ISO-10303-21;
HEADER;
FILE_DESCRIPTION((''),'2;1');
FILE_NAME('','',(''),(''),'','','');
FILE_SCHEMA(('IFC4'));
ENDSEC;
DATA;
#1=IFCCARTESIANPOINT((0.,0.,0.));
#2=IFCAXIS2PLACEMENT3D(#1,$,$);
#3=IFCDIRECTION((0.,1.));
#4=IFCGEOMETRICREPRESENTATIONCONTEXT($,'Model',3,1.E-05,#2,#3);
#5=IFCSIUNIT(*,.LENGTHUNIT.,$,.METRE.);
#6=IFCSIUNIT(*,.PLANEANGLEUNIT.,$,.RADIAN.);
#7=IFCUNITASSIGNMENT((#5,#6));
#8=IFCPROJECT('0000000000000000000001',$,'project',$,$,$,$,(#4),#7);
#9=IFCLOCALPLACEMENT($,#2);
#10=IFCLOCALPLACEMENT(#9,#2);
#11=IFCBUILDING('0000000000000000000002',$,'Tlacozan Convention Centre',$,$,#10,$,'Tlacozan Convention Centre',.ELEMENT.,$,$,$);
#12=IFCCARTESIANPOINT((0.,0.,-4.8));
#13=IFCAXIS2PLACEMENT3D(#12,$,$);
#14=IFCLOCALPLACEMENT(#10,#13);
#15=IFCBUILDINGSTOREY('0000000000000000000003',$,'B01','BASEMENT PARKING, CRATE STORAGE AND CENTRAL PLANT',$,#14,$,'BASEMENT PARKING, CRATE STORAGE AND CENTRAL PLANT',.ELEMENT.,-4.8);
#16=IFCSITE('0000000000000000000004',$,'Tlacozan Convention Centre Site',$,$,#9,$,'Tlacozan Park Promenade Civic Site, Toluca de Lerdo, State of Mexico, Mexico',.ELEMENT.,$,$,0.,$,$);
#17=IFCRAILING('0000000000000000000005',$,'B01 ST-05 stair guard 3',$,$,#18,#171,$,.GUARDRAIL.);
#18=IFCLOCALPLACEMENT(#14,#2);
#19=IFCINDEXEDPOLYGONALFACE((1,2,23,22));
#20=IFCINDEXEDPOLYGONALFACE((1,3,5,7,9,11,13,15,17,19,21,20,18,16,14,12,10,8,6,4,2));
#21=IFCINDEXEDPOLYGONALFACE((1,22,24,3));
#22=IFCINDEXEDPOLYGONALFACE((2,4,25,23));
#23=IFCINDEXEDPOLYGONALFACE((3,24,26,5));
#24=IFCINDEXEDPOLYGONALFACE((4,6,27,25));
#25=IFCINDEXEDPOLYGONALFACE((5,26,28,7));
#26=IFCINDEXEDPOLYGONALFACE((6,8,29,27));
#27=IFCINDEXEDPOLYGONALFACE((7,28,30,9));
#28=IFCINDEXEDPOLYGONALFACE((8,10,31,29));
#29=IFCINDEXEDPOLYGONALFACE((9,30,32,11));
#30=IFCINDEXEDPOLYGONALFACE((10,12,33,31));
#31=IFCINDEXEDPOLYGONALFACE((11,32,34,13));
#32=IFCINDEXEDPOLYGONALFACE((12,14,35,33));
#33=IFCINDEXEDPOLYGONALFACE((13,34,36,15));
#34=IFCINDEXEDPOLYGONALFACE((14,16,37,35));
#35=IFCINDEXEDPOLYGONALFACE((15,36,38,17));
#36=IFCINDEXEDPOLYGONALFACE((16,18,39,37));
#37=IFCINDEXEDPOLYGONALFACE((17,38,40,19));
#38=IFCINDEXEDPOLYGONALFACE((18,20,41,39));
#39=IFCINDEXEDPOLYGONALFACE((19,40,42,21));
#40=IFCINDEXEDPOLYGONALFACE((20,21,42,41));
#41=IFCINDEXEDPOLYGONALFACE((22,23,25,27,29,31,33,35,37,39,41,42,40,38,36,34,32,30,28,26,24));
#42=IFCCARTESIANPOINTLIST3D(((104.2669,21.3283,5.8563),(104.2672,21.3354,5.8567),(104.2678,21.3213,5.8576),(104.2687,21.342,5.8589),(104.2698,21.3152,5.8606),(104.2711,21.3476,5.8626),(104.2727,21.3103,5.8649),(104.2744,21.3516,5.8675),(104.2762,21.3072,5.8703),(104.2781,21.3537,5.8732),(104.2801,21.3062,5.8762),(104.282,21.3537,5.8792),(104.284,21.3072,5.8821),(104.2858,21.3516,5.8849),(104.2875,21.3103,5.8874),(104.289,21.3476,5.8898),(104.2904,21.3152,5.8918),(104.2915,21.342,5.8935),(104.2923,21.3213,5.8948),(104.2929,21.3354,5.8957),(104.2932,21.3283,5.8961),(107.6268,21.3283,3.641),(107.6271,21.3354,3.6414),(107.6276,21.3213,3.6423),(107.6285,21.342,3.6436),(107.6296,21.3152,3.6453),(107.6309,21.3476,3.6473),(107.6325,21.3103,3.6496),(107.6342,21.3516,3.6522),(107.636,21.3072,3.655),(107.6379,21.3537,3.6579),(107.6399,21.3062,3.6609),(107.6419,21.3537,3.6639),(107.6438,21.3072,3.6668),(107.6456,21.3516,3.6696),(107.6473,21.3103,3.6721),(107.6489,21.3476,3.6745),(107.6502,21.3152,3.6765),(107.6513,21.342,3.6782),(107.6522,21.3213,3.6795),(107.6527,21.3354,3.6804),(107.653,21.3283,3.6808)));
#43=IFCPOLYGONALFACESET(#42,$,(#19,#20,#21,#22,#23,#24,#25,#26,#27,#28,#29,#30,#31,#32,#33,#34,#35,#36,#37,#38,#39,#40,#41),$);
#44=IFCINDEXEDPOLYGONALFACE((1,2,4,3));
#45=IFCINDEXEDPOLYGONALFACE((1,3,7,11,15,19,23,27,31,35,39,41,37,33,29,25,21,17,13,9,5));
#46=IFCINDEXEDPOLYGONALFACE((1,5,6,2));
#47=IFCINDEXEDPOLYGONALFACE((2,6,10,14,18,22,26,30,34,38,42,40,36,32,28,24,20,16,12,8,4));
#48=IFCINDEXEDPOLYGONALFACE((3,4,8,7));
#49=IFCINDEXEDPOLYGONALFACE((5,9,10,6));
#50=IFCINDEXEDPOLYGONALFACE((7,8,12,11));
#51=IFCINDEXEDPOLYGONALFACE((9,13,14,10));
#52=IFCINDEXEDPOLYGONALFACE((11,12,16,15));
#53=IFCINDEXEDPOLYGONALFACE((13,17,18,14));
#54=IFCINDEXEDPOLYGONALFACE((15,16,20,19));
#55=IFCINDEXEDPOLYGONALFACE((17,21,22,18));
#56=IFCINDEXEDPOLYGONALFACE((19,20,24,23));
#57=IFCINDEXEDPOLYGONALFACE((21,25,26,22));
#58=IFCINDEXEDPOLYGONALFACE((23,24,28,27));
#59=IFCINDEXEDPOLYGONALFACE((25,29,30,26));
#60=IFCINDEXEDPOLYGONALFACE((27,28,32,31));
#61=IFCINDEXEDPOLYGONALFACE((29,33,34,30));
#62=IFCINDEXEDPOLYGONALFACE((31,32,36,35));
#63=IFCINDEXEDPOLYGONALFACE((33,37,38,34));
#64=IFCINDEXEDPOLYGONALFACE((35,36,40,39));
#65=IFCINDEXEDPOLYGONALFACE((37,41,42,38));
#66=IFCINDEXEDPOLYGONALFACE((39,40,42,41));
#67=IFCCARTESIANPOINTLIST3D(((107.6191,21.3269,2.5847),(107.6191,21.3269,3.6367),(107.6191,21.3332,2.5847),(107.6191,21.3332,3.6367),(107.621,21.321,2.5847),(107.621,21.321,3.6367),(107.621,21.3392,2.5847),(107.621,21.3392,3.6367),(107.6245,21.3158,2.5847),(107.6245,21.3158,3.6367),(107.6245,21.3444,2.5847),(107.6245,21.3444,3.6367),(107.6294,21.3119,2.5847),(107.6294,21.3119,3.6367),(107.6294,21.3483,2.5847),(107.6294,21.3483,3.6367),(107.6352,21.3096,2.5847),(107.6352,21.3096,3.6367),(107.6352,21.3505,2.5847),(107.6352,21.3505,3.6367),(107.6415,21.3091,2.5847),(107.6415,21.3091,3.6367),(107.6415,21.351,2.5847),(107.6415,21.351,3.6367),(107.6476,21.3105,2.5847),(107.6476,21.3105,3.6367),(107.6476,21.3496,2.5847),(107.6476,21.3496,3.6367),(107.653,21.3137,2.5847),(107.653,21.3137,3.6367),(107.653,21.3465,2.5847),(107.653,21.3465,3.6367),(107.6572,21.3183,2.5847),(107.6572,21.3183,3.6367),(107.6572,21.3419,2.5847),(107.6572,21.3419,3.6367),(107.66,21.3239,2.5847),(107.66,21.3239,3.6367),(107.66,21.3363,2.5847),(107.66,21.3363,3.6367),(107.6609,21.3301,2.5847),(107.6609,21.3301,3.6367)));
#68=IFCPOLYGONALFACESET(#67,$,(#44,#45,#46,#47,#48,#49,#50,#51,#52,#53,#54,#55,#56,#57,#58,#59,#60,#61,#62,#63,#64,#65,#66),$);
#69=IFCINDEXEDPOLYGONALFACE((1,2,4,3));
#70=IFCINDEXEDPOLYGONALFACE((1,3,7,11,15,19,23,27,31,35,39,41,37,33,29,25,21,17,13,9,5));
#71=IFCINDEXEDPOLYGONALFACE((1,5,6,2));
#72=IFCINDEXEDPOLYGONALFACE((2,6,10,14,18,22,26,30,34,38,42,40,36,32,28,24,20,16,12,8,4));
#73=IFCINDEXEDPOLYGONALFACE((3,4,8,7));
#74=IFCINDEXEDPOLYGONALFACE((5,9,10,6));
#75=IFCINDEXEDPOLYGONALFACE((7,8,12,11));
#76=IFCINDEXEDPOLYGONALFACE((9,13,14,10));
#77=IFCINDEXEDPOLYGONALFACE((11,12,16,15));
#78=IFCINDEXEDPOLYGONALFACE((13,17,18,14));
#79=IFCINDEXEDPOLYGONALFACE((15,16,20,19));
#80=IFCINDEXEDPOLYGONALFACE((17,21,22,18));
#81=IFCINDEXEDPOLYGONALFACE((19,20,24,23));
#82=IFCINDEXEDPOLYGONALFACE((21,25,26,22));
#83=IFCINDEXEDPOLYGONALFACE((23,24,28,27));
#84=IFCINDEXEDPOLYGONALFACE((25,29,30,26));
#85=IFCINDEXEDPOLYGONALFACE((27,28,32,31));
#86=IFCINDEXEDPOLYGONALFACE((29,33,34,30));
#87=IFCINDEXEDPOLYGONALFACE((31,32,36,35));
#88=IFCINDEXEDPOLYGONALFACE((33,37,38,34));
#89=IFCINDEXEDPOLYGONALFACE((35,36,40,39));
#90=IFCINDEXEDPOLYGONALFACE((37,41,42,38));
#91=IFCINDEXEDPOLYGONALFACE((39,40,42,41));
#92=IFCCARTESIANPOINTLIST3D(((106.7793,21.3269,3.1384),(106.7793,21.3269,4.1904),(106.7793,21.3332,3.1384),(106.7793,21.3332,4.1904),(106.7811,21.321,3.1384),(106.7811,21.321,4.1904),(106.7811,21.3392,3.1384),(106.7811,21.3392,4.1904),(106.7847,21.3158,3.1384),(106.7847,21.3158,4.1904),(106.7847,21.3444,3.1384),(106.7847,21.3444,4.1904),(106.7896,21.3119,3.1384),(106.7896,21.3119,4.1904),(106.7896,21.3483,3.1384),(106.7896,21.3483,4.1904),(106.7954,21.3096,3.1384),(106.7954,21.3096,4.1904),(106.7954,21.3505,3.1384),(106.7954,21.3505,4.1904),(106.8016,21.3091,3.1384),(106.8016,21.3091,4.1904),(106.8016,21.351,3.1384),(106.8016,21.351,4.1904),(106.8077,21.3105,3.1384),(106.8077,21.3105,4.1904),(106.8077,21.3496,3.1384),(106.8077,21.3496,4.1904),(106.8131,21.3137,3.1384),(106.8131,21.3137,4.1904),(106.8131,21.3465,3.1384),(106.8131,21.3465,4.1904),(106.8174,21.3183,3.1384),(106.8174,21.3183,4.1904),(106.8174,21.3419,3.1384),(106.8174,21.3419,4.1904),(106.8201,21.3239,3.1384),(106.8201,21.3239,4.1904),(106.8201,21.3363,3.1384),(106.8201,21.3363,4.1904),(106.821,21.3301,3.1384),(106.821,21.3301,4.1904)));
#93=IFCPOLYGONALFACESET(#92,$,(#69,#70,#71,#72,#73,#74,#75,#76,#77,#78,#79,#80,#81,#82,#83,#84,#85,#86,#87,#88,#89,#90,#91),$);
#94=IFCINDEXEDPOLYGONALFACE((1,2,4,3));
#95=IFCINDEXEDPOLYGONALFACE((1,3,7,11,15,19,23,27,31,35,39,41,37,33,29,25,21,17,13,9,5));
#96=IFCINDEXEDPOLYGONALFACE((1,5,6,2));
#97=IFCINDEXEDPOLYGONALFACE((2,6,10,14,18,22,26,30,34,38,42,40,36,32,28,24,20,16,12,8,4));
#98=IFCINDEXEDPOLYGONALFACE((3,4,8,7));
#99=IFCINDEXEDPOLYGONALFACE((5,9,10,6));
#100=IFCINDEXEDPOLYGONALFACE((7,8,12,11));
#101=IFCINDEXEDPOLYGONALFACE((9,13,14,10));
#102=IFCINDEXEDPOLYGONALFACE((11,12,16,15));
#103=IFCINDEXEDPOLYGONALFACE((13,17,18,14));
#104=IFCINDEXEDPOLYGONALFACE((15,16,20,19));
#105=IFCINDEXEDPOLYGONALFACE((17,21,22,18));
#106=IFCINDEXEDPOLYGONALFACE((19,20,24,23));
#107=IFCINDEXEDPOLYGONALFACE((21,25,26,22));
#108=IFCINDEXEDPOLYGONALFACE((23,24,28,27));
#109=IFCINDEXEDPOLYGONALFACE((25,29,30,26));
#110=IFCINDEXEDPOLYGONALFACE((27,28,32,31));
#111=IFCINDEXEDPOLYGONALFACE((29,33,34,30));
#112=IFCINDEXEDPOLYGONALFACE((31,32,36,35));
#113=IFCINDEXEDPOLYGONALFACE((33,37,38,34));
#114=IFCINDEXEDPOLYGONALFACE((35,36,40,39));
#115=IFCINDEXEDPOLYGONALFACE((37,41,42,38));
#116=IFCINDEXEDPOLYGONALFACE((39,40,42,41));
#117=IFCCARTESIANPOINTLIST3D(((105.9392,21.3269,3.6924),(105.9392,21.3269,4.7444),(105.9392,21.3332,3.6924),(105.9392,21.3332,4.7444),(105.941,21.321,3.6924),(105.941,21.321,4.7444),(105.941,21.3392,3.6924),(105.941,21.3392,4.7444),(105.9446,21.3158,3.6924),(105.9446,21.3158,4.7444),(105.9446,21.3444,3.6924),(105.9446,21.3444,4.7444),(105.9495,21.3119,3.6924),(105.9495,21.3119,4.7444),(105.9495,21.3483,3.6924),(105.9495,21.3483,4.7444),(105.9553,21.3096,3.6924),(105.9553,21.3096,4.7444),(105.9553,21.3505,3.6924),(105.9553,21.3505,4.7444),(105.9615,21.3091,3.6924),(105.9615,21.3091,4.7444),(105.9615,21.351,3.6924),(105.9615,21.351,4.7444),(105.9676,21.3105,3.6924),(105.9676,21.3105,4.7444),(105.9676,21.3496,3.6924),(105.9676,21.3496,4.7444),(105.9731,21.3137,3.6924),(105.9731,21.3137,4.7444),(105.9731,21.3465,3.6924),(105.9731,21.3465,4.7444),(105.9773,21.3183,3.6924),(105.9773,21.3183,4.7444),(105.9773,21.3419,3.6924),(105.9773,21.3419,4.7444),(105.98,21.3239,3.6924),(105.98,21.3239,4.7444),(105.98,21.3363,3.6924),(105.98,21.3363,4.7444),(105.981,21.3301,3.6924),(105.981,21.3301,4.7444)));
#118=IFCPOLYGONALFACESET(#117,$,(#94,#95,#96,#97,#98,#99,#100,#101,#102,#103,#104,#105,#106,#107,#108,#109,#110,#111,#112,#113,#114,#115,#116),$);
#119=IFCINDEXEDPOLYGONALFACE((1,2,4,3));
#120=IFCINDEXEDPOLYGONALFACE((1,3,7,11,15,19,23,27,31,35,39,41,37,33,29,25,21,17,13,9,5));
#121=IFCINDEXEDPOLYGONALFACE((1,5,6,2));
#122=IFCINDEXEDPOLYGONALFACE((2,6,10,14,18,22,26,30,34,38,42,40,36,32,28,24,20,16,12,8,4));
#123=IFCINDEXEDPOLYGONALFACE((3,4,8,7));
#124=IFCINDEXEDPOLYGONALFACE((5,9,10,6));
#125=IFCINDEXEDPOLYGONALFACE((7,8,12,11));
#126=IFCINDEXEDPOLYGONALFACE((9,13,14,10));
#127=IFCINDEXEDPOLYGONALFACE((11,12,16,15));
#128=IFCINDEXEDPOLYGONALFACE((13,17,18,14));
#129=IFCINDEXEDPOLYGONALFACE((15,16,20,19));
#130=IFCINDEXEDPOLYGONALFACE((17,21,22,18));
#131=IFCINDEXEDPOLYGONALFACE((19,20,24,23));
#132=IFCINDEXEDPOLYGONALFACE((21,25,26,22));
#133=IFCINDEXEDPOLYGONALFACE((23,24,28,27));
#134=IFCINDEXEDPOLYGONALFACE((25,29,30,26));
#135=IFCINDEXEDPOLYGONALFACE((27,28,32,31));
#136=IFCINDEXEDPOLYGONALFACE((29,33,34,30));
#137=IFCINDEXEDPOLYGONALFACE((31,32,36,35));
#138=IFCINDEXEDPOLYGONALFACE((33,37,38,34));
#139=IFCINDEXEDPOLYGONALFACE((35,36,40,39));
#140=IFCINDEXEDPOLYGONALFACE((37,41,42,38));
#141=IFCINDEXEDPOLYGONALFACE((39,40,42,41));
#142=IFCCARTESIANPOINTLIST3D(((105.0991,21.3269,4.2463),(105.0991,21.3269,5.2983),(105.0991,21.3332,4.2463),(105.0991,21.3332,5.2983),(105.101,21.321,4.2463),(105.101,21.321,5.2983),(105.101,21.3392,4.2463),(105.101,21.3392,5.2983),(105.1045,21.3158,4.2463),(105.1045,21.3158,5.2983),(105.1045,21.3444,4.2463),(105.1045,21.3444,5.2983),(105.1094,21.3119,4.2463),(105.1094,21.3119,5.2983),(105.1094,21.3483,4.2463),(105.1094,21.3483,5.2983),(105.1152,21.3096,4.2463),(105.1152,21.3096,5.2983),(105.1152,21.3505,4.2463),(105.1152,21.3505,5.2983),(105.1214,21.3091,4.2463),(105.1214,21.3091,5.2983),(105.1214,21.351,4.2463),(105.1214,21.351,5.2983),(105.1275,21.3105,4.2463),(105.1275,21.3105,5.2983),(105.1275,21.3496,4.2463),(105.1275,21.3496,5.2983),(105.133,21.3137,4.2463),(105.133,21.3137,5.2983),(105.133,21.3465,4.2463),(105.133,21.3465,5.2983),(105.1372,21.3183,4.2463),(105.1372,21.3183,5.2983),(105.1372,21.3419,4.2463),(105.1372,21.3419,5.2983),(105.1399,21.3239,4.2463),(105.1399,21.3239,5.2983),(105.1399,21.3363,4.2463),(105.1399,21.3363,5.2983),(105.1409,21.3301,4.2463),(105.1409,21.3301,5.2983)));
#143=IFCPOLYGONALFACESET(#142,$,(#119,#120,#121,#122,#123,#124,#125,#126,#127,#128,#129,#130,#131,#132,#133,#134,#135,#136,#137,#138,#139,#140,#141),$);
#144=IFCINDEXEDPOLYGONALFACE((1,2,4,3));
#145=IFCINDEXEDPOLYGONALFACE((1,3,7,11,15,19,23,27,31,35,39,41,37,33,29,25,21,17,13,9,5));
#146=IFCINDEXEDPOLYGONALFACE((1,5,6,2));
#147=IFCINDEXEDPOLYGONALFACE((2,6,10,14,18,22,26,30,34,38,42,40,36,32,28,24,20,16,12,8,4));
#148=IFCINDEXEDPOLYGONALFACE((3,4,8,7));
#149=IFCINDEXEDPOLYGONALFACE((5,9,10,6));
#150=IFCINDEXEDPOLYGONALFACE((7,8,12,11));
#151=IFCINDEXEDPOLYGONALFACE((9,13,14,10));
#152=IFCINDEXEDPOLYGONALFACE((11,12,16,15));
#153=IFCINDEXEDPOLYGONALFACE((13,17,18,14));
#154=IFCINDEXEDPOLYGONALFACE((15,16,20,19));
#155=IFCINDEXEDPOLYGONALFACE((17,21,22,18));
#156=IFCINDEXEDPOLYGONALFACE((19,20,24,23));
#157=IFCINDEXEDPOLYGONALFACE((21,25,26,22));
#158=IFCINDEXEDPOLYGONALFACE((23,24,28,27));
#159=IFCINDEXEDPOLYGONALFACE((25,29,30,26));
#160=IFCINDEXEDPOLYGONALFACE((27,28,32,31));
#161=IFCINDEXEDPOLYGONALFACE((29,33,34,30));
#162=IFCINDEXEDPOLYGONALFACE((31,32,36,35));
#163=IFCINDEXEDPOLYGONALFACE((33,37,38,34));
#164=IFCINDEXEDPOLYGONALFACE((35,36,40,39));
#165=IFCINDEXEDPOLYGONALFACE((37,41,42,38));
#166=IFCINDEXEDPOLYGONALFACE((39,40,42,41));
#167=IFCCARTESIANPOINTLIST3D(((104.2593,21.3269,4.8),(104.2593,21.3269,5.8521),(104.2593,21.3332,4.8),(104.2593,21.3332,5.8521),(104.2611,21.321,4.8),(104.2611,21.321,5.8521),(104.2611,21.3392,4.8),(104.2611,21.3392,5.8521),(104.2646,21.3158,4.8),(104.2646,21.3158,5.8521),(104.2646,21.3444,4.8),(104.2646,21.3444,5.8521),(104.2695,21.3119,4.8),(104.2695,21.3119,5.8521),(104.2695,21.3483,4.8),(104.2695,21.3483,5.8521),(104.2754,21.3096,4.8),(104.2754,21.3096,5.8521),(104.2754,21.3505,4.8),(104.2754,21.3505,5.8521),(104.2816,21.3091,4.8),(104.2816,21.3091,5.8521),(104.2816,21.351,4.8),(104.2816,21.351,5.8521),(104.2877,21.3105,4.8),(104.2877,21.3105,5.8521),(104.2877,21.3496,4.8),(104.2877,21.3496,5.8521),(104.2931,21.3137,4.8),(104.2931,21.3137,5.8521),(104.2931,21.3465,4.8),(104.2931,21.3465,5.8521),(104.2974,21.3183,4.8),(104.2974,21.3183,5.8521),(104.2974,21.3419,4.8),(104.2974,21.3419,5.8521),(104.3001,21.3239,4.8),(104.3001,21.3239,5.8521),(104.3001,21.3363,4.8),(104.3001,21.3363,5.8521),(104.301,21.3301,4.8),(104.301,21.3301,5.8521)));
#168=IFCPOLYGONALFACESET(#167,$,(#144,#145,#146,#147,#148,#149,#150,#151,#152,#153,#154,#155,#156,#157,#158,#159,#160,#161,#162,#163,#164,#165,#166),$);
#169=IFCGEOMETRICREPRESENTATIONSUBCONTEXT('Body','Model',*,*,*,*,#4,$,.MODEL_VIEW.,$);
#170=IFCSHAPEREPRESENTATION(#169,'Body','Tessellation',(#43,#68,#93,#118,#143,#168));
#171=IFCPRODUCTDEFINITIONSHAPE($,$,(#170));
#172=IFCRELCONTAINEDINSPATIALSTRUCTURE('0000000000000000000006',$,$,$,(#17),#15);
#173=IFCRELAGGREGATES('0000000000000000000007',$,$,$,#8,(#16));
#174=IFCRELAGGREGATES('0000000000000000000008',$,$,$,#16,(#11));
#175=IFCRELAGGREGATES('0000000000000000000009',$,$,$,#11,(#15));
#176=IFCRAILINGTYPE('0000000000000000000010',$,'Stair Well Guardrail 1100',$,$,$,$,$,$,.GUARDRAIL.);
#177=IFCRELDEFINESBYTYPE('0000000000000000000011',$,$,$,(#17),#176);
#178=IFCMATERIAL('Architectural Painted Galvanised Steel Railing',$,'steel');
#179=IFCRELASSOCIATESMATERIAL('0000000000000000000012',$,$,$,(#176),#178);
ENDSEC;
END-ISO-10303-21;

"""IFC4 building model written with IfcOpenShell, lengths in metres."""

from ifc_helpers import new_model, si_unit, direction, frame, origin, origin_2d, place, context, subcontext, project, spatial, circle, extrude, material, type_object, element, save


model = new_model("IFC4")

# Units and contexts
model_context = context("Model", 3, precision=1e-05, world=origin(), true_north=direction((0.0, 1.0)))
body_context = subcontext(model_context, "Body", "Model", "MODEL_VIEW")
ifc_project = project(units=[si_unit("LENGTHUNIT", "METRE"), si_unit("PLANEANGLEUNIT", "RADIAN")], contexts=[model_context])

# Site, building, storey
site_placement = place(None, origin())
site = spatial("IfcSite", under=ifc_project, at=site_placement, Name="Tlacozan Convention Centre Site", LongName="Tlacozan Park Promenade Civic Site, Toluca de Lerdo, State of Mexico, Mexico", CompositionType="ELEMENT", RefElevation=0.0)
building_placement = place(site_placement, origin())
building = spatial("IfcBuilding", under=site, at=building_placement, Name="Tlacozan Convention Centre", LongName="Tlacozan Convention Centre", CompositionType="ELEMENT")
storey_placement = place(building_placement, frame((0.0, 0.0, -4.8)))
storey = spatial("IfcBuildingStorey", under=building, at=storey_placement, Name="B01", Description="BASEMENT PARKING, CRATE STORAGE AND CENTRAL PLANT", LongName="BASEMENT PARKING, CRATE STORAGE AND CENTRAL PLANT", CompositionType="ELEMENT", Elevation=-4.8)

# Railing
ifc_material_1 = material(Name="Architectural Painted Galvanised Steel Railing", Category="steel")
railing_type_1 = type_object("IfcRailingType", Name="Stair Well Guardrail 1100", PredefinedType="GUARDRAIL", material=ifc_material_1)
railing_1_placement = place(storey_placement, frame((107.6399, 21.3301, 2.5847)))
element("IfcRailing", 1, at=railing_1_placement, inside=storey, type_object=railing_type_1, Name="B01 ST-05 stair guard 3", PredefinedType="GUARDRAIL", context=body_context, shape_type="SweptSolid", body=[
    extrude(circle(Radius=0.0239, at=origin_2d()), frame((0.0, 0.0, 1.0762), z_axis=(-0.834858, 0.0, 0.550465), x_axis=(0.0, -1.0, 0.0)), (0.0, 0.0, 1.0), 4.0244),
    extrude(circle(Radius=0.021, at=origin_2d()), origin(), (0.0, 0.0, 1.0), 1.052),
    extrude(circle(Radius=0.021, at=origin_2d()), frame((-0.8398, 0.0, 0.5537)), (0.0, 0.0, 1.0), 1.052),
    extrude(circle(Radius=0.021, at=origin_2d()), frame((-1.6799, 0.0, 1.1077)), (0.0, 0.0, 1.0), 1.052),
    extrude(circle(Radius=0.021, at=origin_2d()), frame((-2.52, 0.0, 1.6616)), (0.0, 0.0, 1.0), 1.052),
    extrude(circle(Radius=0.021, at=origin_2d()), frame((-3.3599, 0.0, 2.2153)), (0.0, 0.0, 1.0), 1.052),
])

save(model, "model.ifc")
